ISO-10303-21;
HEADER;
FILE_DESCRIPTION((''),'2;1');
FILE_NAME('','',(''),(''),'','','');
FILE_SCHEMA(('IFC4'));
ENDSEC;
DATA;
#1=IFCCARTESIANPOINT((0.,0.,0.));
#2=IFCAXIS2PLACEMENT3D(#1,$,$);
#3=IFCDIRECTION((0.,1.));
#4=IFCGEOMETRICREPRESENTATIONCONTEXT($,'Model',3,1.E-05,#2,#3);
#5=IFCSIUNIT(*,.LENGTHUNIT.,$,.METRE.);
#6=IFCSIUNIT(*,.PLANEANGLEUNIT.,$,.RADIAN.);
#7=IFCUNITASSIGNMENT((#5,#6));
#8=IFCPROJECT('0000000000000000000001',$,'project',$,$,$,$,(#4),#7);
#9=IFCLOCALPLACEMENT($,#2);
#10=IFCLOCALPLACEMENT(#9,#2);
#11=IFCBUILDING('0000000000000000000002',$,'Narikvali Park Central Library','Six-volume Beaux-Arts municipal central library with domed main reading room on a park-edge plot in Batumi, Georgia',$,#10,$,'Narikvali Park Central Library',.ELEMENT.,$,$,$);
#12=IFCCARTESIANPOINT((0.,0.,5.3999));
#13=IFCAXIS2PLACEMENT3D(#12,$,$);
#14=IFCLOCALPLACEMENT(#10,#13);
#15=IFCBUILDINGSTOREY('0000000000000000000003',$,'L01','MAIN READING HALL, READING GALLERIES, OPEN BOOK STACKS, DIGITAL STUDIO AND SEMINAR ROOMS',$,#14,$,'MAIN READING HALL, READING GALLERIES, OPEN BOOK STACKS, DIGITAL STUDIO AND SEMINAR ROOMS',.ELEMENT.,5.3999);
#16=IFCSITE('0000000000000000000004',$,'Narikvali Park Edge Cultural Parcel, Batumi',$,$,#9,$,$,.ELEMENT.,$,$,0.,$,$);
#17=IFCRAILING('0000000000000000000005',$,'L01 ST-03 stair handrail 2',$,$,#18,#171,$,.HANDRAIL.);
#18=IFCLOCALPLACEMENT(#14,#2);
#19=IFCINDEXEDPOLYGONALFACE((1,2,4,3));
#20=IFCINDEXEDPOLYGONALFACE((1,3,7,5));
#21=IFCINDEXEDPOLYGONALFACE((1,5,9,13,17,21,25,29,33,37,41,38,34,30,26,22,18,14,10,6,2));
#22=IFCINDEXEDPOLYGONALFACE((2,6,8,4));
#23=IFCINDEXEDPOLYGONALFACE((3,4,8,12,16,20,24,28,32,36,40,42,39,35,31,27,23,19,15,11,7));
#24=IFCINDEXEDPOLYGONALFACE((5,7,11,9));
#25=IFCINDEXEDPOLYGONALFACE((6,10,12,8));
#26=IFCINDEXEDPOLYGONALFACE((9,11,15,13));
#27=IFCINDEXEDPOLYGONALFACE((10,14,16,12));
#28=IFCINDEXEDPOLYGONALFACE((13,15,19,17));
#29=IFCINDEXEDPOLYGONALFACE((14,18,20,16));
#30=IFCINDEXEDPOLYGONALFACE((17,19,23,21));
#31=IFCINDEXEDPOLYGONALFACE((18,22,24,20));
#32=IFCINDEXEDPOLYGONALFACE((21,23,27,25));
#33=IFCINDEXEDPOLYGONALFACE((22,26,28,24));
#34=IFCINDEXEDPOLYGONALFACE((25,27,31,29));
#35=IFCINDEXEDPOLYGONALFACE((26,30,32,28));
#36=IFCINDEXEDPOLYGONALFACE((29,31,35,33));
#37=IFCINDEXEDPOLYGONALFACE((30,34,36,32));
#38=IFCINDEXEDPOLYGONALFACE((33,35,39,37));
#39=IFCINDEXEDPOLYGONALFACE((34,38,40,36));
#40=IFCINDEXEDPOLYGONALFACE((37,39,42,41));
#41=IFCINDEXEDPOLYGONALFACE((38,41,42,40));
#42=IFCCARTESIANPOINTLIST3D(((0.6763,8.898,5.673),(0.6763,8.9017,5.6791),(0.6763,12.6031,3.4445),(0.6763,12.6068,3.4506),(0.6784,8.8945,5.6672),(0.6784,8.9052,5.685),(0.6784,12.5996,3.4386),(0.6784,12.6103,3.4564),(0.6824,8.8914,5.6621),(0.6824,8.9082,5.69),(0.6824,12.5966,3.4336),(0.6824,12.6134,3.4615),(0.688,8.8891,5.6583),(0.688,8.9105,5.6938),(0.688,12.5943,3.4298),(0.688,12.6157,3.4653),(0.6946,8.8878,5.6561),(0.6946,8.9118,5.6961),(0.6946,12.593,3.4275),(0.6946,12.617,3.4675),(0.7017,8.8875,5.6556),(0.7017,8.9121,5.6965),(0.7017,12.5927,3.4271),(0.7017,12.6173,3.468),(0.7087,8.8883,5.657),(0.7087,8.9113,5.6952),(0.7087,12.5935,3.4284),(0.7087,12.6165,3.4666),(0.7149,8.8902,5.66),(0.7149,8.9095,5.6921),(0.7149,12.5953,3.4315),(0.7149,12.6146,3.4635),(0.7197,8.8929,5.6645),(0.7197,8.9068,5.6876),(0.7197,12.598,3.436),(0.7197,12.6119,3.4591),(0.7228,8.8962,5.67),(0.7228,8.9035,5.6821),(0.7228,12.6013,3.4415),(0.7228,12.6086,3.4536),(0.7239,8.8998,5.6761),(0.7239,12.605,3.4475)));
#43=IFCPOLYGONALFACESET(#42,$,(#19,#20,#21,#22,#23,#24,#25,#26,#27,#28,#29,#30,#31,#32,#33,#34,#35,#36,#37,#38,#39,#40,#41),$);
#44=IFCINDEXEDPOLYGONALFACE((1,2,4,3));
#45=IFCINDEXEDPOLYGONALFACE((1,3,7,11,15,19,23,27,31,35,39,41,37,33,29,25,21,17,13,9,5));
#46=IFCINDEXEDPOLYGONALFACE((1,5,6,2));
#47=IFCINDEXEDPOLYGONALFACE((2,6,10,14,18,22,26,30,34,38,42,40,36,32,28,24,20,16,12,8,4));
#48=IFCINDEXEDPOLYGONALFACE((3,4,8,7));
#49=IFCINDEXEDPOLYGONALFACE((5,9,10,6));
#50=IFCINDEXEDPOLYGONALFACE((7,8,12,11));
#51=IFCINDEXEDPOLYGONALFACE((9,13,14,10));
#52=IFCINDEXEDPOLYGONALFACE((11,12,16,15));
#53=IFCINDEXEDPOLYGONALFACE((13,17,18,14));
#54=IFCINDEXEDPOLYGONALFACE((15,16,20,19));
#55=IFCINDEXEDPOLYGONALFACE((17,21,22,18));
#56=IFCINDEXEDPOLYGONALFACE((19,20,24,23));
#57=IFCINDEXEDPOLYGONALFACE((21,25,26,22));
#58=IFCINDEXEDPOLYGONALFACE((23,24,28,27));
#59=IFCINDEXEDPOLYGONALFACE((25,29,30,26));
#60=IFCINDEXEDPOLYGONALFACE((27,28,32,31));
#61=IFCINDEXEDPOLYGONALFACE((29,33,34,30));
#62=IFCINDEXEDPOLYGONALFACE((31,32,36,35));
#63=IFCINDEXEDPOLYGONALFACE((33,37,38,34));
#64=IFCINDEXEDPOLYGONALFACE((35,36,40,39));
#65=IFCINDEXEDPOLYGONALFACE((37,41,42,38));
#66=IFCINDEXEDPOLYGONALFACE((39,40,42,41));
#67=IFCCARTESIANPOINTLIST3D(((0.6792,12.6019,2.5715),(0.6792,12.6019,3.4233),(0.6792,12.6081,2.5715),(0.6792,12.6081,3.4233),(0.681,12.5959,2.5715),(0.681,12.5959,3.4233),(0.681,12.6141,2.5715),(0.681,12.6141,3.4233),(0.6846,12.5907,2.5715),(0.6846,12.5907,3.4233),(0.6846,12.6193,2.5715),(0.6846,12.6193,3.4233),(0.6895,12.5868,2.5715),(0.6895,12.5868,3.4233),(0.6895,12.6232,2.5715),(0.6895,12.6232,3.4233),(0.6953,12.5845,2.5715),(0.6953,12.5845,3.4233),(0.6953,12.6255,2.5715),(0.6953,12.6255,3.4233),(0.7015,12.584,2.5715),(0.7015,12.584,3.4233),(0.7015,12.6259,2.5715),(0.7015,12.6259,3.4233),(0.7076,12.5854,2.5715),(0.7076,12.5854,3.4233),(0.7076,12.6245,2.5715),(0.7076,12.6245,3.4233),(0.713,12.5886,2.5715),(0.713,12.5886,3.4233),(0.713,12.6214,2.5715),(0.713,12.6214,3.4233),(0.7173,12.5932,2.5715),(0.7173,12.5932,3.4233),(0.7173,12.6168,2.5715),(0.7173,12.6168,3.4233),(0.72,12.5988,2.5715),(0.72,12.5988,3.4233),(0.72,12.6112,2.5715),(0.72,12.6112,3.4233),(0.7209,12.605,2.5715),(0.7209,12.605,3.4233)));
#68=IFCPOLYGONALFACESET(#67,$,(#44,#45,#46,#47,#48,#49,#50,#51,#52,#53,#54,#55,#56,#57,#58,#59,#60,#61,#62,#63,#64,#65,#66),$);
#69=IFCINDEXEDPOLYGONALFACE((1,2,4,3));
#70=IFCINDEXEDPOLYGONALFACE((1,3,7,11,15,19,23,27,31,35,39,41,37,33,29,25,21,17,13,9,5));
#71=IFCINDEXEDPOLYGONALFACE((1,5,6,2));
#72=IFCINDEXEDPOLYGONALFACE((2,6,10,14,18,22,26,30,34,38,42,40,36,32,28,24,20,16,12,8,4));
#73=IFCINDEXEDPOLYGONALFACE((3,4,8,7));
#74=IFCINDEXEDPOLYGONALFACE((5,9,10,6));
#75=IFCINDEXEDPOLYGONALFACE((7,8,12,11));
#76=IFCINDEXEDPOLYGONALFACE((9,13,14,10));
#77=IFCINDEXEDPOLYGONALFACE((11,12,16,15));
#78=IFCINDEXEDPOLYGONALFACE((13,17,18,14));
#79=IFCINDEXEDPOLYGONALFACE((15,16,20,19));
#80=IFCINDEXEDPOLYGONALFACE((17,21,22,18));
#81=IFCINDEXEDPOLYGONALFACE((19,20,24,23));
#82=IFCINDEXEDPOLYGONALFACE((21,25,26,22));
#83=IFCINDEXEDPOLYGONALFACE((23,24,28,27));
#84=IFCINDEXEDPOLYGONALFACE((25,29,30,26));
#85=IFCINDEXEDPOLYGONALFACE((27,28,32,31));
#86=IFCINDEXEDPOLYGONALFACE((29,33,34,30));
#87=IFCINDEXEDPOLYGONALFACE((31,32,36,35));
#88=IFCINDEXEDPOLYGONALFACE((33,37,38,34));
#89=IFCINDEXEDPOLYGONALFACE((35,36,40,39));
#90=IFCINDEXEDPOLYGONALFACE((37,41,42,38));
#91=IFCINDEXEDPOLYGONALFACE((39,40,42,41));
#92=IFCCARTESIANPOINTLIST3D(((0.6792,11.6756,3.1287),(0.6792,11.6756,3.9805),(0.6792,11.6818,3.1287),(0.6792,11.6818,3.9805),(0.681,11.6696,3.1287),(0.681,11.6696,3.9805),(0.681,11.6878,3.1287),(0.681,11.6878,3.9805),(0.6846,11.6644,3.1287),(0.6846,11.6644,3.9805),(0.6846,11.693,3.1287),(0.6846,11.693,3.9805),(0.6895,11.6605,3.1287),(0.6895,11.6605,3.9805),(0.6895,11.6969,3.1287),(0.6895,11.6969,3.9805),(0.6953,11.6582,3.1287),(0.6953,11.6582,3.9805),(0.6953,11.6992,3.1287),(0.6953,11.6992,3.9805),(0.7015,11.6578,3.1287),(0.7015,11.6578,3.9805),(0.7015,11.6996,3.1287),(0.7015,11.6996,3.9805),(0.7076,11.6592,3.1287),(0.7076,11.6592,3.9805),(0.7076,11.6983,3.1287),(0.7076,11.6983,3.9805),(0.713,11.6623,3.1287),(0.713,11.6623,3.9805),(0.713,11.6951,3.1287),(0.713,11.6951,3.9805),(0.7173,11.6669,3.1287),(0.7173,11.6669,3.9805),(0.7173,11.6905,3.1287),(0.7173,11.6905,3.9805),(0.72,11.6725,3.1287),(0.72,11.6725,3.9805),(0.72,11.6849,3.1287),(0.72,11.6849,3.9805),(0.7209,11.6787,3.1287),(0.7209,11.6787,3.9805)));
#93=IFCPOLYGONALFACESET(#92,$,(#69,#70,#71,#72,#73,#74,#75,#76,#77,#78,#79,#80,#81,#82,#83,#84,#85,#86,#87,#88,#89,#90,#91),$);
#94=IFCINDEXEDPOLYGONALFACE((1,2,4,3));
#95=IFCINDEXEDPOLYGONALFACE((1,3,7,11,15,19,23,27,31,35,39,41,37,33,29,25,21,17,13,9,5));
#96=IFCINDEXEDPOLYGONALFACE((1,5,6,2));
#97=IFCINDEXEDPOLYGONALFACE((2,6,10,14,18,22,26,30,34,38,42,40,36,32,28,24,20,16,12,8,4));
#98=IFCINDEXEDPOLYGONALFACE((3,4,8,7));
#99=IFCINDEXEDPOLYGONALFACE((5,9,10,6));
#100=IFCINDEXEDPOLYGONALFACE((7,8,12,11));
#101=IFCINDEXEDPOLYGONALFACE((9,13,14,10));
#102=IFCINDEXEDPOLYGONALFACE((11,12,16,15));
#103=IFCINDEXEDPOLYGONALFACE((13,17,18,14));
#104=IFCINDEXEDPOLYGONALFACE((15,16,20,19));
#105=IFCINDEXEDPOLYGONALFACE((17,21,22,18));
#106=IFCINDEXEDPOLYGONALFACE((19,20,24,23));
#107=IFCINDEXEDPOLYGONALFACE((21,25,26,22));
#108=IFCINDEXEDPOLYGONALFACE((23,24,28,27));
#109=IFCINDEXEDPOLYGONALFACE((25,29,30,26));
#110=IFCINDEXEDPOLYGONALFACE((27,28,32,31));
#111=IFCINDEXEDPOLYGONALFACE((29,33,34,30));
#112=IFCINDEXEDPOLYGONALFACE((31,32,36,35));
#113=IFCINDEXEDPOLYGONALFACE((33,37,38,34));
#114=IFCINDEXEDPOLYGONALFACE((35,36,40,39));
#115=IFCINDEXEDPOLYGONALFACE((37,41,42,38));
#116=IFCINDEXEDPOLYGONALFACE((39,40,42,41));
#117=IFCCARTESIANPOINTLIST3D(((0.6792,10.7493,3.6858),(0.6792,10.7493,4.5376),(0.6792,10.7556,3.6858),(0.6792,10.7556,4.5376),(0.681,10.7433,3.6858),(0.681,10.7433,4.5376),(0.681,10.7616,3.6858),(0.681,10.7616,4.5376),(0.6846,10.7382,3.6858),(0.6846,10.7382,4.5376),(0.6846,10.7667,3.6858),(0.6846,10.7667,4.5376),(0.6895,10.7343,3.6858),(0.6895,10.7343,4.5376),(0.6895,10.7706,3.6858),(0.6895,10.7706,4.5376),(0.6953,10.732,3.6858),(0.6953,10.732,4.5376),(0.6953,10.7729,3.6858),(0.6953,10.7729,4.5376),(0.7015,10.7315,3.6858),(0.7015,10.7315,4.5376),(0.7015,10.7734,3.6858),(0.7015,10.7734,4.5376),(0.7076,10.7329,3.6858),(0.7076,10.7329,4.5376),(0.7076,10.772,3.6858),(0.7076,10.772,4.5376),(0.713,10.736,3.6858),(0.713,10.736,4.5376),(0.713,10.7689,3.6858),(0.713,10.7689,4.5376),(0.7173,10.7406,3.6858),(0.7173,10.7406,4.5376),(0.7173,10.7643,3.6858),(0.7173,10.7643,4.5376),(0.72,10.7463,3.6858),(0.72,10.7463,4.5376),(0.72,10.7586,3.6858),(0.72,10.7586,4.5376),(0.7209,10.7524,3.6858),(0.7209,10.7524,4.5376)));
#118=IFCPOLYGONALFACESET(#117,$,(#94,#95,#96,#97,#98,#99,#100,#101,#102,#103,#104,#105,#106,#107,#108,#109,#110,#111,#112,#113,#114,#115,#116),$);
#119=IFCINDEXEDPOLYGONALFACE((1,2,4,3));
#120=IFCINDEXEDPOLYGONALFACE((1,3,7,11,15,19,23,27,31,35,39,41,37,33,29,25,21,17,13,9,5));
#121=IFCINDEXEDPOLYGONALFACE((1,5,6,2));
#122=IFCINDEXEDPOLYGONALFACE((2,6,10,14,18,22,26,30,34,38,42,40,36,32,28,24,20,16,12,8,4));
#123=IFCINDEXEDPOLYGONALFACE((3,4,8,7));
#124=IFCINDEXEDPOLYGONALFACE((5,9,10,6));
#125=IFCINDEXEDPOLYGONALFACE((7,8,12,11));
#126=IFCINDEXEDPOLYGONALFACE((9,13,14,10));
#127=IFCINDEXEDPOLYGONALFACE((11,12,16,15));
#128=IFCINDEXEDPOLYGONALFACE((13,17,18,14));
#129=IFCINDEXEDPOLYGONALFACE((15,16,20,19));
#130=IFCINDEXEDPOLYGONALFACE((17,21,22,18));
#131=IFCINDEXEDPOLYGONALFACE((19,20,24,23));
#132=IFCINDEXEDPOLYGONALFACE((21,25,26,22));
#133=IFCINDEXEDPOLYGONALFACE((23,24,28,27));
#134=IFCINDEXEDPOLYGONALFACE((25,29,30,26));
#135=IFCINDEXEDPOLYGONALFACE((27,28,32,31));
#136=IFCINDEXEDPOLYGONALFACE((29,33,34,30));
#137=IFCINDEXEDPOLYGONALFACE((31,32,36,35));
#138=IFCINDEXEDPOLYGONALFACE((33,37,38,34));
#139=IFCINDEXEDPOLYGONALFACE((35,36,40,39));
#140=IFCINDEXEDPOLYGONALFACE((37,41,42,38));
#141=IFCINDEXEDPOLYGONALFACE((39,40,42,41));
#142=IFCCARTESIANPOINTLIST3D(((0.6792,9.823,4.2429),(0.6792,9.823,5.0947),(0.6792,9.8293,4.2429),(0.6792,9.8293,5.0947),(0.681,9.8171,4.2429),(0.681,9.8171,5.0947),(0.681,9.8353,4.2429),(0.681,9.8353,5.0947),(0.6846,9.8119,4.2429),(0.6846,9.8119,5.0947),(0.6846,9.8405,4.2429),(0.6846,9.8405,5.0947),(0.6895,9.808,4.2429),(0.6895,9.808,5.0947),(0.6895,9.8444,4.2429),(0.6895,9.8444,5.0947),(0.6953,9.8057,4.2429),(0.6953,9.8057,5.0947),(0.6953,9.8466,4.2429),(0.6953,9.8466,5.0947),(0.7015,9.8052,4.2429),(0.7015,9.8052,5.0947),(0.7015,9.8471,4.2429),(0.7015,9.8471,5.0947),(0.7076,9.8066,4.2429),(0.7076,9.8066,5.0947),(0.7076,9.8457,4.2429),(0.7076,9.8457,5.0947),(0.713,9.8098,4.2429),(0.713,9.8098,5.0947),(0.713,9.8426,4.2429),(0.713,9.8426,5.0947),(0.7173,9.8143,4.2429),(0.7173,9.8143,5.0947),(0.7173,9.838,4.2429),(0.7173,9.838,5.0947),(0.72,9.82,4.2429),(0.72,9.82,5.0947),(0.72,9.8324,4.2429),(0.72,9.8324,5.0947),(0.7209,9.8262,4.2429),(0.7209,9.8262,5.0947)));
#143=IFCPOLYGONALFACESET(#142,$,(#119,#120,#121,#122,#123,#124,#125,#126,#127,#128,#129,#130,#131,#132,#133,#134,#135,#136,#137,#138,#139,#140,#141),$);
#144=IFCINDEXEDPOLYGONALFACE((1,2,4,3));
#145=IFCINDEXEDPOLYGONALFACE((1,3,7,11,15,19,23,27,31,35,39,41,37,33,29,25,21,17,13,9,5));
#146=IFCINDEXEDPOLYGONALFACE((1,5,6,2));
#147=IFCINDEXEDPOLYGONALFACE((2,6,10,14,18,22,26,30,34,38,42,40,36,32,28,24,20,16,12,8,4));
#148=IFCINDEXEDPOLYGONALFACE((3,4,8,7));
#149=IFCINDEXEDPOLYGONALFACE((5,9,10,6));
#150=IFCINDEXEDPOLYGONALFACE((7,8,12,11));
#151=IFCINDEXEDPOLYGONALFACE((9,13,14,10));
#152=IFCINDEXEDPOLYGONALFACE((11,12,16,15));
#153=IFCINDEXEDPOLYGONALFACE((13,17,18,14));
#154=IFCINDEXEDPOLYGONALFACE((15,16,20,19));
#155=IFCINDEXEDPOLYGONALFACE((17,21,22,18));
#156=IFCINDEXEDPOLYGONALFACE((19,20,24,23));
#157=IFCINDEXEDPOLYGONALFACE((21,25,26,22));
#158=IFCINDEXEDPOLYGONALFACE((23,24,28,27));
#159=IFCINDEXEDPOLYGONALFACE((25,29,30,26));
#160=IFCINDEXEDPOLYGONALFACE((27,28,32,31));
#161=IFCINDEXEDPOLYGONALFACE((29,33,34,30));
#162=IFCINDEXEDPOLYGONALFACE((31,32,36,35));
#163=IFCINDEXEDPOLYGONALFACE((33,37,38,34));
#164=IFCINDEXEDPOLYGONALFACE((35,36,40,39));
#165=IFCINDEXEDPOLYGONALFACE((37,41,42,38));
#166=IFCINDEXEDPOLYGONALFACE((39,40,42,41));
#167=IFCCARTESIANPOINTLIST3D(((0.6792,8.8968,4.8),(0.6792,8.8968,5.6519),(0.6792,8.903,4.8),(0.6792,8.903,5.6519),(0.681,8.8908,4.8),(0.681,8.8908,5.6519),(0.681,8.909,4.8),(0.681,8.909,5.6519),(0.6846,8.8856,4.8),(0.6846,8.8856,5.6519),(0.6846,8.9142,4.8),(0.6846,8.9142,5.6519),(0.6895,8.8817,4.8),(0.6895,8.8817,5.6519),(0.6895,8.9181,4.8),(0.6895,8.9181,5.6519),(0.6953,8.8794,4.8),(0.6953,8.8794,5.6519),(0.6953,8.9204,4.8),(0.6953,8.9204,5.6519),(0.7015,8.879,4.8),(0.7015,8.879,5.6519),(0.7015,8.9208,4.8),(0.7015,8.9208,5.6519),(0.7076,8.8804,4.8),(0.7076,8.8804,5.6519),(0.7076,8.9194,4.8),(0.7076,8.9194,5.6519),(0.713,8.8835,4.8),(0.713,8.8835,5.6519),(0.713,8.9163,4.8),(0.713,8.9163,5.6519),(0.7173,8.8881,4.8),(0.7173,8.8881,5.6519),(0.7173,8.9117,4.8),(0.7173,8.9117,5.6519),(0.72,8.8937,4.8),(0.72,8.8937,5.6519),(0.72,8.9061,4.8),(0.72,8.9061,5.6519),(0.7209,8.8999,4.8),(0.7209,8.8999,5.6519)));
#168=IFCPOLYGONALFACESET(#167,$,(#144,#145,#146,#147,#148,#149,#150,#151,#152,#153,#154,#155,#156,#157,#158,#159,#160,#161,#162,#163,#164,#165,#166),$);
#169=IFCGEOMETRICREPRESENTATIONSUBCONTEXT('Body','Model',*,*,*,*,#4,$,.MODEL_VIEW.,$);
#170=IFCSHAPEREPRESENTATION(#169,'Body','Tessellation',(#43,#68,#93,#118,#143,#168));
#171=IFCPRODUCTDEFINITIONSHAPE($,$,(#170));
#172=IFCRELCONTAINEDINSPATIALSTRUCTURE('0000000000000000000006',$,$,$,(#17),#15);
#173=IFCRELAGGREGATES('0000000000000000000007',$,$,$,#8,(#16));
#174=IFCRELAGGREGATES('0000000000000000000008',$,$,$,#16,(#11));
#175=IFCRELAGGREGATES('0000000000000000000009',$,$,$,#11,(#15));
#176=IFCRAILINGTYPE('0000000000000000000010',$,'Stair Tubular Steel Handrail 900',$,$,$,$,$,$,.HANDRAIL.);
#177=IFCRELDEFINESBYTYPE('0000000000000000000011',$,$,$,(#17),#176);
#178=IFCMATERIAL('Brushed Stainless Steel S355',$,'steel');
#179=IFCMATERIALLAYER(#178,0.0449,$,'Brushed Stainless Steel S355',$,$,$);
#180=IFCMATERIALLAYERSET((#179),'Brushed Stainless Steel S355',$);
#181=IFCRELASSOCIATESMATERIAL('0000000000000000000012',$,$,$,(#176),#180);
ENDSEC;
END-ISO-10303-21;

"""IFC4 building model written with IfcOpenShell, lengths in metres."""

from ifc_helpers import new_model, si_unit, direction, frame, origin, origin_2d, place, context, subcontext, project, spatial, circle, extrude, material, layer, layer_set, type_object, element, save


model = new_model("IFC4")

# Units and contexts
model_context = context("Model", 3, precision=1e-05, world=origin(), true_north=direction((0.0, 1.0)))
body_context = subcontext(model_context, "Body", "Model", "MODEL_VIEW")
ifc_project = project(units=[si_unit("LENGTHUNIT", "METRE"), si_unit("PLANEANGLEUNIT", "RADIAN")], contexts=[model_context])

# Site, building, storey
site_placement = place(None, origin())
site = spatial("IfcSite", under=ifc_project, at=site_placement, Name="Narikvali Park Edge Cultural Parcel, Batumi", CompositionType="ELEMENT", RefElevation=0.0)
building_placement = place(site_placement, origin())
building = spatial("IfcBuilding", under=site, at=building_placement, Name="Narikvali Park Central Library", Description="Six-volume Beaux-Arts municipal central library with domed main reading room on a park-edge plot in Batumi, Georgia", LongName="Narikvali Park Central Library", CompositionType="ELEMENT")
storey_placement = place(building_placement, frame((0.0, 0.0, 5.3999)))
storey = spatial("IfcBuildingStorey", under=building, at=storey_placement, Name="L01", Description="MAIN READING HALL, READING GALLERIES, OPEN BOOK STACKS, DIGITAL STUDIO AND SEMINAR ROOMS", LongName="MAIN READING HALL, READING GALLERIES, OPEN BOOK STACKS, DIGITAL STUDIO AND SEMINAR ROOMS", CompositionType="ELEMENT", Elevation=5.3999)

# Shared definitions
ifc_material_1 = material(Name="Brushed Stainless Steel S355", Category="steel")

# Railing
ifc_layer_1 = layer(ifc_material_1, 0.0449, Name="Brushed Stainless Steel S355")
ifc_layer_set_1 = layer_set([ifc_layer_1], Name="Brushed Stainless Steel S355")
railing_type_1 = type_object("IfcRailingType", Name="Stair Tubular Steel Handrail 900", PredefinedType="HANDRAIL", material=ifc_layer_set_1)
railing_1_placement = place(storey_placement, frame((0.7, 12.605, 2.5715)))
element("IfcRailing", 1, at=railing_1_placement, inside=storey, type_object=railing_type_1, Name="L01 ST-03 stair handrail 2", PredefinedType="HANDRAIL", context=body_context, shape_type="SweptSolid", body=[
    extrude(circle(Radius=0.0239, at=origin_2d()), frame((0.0, 0.0, 0.876), z_axis=(0.0, -0.856934, 0.515425), x_axis=(1.0, 0.0, 0.0)), (0.0, 0.0, 1.0), 4.3237),
    extrude(circle(Radius=0.021, at=origin_2d()), origin(), (0.0, 0.0, 1.0), 0.8518),
    extrude(circle(Radius=0.021, at=origin_2d()), frame((0.0, -0.9263, 0.5571)), (0.0, 0.0, 1.0), 0.8518),
    extrude(circle(Radius=0.021, at=origin_2d()), frame((0.0, -1.8525, 1.1143)), (0.0, 0.0, 1.0), 0.8518),
    extrude(circle(Radius=0.021, at=origin_2d()), frame((0.0, -2.7788, 1.6714)), (0.0, 0.0, 1.0), 0.8518),
    extrude(circle(Radius=0.021, at=origin_2d()), frame((0.0, -3.7051, 2.2285)), (0.0, 0.0, 1.0), 0.8518),
])

save(model, "model.ifc")
